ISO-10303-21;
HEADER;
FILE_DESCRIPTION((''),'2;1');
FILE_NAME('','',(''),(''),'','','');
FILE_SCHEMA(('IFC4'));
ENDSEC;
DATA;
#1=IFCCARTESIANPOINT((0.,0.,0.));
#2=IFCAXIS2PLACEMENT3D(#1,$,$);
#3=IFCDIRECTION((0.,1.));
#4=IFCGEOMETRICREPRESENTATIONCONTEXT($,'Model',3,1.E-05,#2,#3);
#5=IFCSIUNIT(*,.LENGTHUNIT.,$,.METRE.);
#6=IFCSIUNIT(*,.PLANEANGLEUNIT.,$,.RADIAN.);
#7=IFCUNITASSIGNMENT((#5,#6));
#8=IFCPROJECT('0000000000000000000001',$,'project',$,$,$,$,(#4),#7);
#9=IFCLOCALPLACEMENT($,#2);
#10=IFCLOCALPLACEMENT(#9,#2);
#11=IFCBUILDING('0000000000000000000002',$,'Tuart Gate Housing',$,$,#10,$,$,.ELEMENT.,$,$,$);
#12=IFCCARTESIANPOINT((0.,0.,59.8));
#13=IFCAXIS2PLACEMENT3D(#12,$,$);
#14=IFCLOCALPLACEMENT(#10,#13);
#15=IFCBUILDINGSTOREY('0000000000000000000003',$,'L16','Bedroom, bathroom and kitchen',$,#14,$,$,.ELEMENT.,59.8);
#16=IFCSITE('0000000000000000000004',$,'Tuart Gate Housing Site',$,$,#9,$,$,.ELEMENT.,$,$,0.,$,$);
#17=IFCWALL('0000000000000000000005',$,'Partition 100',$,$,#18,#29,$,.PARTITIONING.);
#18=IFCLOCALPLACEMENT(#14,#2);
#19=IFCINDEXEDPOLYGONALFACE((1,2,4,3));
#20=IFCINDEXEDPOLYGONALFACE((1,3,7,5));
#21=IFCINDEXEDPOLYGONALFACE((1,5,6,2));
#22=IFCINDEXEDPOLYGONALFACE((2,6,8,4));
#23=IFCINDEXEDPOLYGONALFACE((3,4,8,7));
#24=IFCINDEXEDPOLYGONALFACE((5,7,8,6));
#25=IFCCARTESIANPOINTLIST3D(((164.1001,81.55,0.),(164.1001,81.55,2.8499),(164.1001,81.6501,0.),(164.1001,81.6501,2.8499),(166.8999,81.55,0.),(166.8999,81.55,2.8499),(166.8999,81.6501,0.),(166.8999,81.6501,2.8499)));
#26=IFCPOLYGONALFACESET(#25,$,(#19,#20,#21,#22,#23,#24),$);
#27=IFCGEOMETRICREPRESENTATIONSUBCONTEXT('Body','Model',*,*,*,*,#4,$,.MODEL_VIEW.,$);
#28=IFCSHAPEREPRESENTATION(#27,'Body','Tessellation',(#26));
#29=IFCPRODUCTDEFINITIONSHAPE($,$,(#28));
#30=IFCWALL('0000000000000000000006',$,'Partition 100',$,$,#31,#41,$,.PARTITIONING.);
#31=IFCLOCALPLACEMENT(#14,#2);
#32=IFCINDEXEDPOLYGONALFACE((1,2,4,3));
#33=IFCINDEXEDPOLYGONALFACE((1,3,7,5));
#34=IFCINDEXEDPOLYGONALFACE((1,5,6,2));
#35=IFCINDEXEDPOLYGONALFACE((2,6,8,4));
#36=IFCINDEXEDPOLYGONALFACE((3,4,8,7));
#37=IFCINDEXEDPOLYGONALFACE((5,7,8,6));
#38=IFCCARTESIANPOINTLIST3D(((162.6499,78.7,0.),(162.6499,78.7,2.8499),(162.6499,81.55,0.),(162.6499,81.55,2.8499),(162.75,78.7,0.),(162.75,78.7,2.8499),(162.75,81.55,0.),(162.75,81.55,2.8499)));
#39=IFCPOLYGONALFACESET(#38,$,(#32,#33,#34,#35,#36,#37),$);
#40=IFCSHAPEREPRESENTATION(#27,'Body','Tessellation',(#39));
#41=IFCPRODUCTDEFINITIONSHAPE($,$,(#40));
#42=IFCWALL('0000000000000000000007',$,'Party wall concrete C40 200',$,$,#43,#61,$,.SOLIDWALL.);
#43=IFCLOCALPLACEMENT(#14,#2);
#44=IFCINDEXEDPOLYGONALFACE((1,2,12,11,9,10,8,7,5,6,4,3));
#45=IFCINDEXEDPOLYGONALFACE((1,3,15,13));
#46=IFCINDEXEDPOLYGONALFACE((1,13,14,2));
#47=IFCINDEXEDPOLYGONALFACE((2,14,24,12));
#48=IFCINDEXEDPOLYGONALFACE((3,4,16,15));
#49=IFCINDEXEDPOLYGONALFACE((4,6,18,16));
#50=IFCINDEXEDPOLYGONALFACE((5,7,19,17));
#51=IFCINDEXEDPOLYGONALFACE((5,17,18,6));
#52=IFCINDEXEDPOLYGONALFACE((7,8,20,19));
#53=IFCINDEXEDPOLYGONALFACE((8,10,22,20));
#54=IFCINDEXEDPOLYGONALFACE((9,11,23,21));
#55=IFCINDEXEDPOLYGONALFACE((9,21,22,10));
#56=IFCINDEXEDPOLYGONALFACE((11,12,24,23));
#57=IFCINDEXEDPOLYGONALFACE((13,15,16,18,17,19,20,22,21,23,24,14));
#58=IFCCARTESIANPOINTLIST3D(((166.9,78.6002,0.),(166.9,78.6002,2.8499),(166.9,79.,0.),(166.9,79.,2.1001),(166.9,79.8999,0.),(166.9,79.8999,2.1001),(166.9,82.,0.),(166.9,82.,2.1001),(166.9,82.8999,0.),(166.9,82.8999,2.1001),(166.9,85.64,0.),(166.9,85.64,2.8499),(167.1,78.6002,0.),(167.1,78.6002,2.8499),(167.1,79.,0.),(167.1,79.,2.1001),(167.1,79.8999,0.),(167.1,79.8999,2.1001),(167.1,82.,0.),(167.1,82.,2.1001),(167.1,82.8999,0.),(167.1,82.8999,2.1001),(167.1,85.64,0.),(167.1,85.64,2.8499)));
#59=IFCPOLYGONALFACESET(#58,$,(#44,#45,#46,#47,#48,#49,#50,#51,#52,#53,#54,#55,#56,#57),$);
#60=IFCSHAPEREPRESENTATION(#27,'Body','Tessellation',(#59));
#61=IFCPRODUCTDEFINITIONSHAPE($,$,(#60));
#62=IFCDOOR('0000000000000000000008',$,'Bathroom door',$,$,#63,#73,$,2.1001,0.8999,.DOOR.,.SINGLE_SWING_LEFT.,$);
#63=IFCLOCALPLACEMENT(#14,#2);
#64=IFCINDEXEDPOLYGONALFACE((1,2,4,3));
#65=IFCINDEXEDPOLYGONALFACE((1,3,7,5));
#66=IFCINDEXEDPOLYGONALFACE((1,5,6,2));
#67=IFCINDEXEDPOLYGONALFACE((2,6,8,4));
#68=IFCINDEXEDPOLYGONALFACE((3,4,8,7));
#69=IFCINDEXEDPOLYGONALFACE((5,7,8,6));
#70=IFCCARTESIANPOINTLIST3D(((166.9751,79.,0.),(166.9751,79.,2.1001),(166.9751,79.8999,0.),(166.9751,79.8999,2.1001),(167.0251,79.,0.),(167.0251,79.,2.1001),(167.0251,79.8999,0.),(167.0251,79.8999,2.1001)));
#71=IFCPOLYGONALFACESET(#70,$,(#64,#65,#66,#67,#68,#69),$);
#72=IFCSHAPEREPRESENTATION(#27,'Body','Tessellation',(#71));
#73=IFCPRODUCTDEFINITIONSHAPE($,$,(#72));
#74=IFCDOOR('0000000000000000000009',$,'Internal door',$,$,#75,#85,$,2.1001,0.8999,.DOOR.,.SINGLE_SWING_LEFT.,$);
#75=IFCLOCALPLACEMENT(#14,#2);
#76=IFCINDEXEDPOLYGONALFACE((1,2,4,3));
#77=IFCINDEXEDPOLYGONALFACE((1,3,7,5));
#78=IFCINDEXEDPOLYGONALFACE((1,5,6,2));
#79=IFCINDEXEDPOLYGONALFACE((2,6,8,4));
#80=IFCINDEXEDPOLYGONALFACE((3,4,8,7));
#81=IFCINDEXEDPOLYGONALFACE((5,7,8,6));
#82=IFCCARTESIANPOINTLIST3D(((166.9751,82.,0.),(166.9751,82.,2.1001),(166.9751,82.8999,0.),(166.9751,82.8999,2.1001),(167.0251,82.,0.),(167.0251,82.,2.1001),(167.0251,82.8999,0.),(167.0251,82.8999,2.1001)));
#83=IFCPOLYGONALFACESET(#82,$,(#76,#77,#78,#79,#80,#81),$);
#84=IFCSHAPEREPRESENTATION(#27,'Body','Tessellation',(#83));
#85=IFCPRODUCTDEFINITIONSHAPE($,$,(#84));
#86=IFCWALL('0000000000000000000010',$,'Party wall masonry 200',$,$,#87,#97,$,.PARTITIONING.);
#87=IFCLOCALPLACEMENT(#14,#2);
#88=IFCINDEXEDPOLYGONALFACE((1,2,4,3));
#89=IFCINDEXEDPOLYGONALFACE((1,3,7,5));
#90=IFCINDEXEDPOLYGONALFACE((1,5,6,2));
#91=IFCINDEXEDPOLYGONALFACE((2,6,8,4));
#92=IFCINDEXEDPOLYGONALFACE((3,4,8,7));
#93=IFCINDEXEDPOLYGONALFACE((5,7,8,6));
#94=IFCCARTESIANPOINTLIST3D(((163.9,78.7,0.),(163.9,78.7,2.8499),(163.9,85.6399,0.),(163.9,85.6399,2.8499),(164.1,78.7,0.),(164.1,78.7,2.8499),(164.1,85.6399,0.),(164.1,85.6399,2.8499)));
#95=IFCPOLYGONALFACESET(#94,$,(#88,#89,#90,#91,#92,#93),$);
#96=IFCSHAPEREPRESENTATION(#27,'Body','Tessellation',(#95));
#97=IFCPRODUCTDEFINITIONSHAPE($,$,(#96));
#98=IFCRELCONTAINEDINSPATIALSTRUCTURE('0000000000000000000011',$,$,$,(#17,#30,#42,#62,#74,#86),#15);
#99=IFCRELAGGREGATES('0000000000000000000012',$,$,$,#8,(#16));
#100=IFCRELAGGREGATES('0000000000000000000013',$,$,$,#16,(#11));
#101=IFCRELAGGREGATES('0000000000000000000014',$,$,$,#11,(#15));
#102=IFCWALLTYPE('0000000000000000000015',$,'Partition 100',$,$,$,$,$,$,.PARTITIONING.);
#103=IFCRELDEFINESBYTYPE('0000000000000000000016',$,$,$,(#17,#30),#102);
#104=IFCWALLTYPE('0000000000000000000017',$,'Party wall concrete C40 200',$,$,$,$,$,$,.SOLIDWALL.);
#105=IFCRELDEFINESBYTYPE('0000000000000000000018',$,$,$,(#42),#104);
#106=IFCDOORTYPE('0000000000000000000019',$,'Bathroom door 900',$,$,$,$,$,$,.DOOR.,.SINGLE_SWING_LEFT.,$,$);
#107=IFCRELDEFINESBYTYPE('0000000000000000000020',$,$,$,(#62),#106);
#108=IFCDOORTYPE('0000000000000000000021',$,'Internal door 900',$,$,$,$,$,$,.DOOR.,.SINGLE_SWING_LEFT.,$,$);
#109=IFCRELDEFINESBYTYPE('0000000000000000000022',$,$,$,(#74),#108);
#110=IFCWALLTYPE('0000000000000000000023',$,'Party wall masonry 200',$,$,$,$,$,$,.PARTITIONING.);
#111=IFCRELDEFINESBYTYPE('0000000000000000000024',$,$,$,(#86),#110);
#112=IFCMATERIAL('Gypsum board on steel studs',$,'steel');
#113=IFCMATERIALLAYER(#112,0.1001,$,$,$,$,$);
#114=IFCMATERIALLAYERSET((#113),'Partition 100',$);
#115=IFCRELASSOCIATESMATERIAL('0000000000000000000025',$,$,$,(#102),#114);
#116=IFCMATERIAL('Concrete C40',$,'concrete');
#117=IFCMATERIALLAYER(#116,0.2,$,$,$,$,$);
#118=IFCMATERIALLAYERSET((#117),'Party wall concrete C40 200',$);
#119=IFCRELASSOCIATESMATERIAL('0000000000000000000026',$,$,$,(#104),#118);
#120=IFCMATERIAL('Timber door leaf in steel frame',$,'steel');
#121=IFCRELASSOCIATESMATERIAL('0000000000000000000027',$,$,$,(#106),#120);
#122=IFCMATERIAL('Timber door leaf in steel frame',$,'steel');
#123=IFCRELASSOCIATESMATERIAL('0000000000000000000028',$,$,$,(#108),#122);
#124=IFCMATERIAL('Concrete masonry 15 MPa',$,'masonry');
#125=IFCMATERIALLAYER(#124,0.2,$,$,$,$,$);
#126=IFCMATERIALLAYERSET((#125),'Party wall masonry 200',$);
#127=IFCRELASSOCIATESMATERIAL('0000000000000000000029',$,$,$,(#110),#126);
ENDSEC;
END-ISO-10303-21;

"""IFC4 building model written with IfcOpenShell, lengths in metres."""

from ifc_helpers import new_model, si_unit, direction, frame, frame_2d, origin, place, context, subcontext, project, spatial, rectangle, extrude, material, layer, layer_set, type_object, element, fill, save


model = new_model("IFC4")

# Units and contexts
model_context = context("Model", 3, precision=1e-05, world=origin(), true_north=direction((0.0, 1.0)))
body_context = subcontext(model_context, "Body", "Model", "MODEL_VIEW")
ifc_project = project(units=[si_unit("LENGTHUNIT", "METRE"), si_unit("PLANEANGLEUNIT", "RADIAN")], contexts=[model_context])

# Site, building, storey
site_placement = place(None, origin())
site = spatial("IfcSite", under=ifc_project, at=site_placement, Name="Tuart Gate Housing Site", CompositionType="ELEMENT", RefElevation=0.0)
building_placement = place(site_placement, origin())
building = spatial("IfcBuilding", under=site, at=building_placement, Name="Tuart Gate Housing", CompositionType="ELEMENT")
storey_placement = place(building_placement, frame((0.0, 0.0, 59.8)))
storey = spatial("IfcBuildingStorey", under=building, at=storey_placement, Name="L16", Description="Bedroom, bathroom and kitchen", CompositionType="ELEMENT", Elevation=59.8)

# Walls
ifc_material_1 = material(Name="Gypsum board on steel studs", Category="steel")
ifc_layer_1 = layer(ifc_material_1, 0.1001)
ifc_layer_set_1 = layer_set([ifc_layer_1], Name="Partition 100")
wall_type_1 = type_object("IfcWallType", Name="Partition 100", PredefinedType="PARTITIONING", material=ifc_layer_set_1)
wall_1_placement = place(storey_placement, frame((164.1001, 81.6001, 0.0), z_axis=(0.0, 0.0, 1.0), x_axis=(1.0, 0.0, 0.0)))
element("IfcWall", 1, at=wall_1_placement, inside=storey, type_object=wall_type_1, Name="Partition 100", PredefinedType="PARTITIONING", context=body_context, shape_type="SweptSolid", body=[
    extrude(rectangle(XDim=2.7998, YDim=0.1001, at=frame_2d((1.3999, 0.0))), origin(), (0.0, 0.0, 1.0), 2.8499),
])
wall_2_placement = place(storey_placement, frame((162.7, 78.7, 0.0), z_axis=(0.0, 0.0, 1.0), x_axis=(0.0, 1.0, 0.0)))
element("IfcWall", 2, at=wall_2_placement, inside=storey, type_object=wall_type_1, Name="Partition 100", PredefinedType="PARTITIONING", context=body_context, shape_type="SweptSolid", body=[
    extrude(rectangle(XDim=2.8501, YDim=0.1001, at=frame_2d((1.425, 0.0))), origin(), (0.0, 0.0, 1.0), 2.8499),
])

# Wall, openings, doors
ifc_material_2 = material(Name="Concrete C40", Category="concrete")
ifc_layer_2 = layer(ifc_material_2, 0.2)
ifc_layer_set_2 = layer_set([ifc_layer_2], Name="Party wall concrete C40 200")
wall_type_2 = type_object("IfcWallType", Name="Party wall concrete C40 200", PredefinedType="SOLIDWALL", material=ifc_layer_set_2)
wall_3_placement = place(storey_placement, frame((167.0, 78.6001, 0.0), z_axis=(0.0, 0.0, 1.0), x_axis=(0.0, 1.0, 0.0)))
wall_3 = element("IfcWall", 3, at=wall_3_placement, inside=storey, type_object=wall_type_2, Name="Party wall concrete C40 200", PredefinedType="SOLIDWALL", context=body_context, shape_type="SweptSolid", body=[
    extrude(rectangle(XDim=7.0398, YDim=0.2, at=frame_2d((3.52, 0.0))), origin(), (0.0, 0.0, 1.0), 2.8499),
])
opening_1_placement = place(wall_3_placement, frame((3.3999, 0.0, 0.0)))
opening_1 = element("IfcOpeningElement", 4, at=opening_1_placement, cuts=wall_3, PredefinedType="OPENING", context=body_context, shape_type="SweptSolid", body=[
    extrude(rectangle(XDim=0.8999, YDim=2.1001, at=frame_2d((0.45, 1.05))), frame((0.0, 0.1099, 0.0), z_axis=(0.0, -1.0, 0.0), x_axis=(1.0, 0.0, 0.0)), (0.0, 0.0, 1.0), 0.22),
])
opening_2_placement = place(wall_3_placement, frame((0.3999, 0.0, 0.0)))
opening_2 = element("IfcOpeningElement", 5, at=opening_2_placement, cuts=wall_3, PredefinedType="OPENING", context=body_context, shape_type="SweptSolid", body=[
    extrude(rectangle(XDim=0.8999, YDim=2.1001, at=frame_2d((0.45, 1.05))), frame((0.0, 0.1099, 0.0), z_axis=(0.0, -1.0, 0.0), x_axis=(1.0, 0.0, 0.0)), (0.0, 0.0, 1.0), 0.22),
])
ifc_material_3 = material(Name="Timber door leaf in steel frame", Category="steel")
door_type_1 = type_object("IfcDoorType", Name="Bathroom door 900", OperationType="SINGLE_SWING_LEFT", PredefinedType="DOOR", material=ifc_material_3)
door_1_placement = place(opening_2_placement, origin())
door_1 = element("IfcDoor", 6, at=door_1_placement, inside=storey, type_object=door_type_1, Name="Bathroom door", OperationType="SINGLE_SWING_LEFT", OverallHeight=2.1001, OverallWidth=0.8999, PredefinedType="DOOR", context=body_context, shape_type="SweptSolid", body=[
    extrude(rectangle(XDim=0.8999, YDim=2.1001, at=frame_2d((0.45, 1.05))), frame((0.0, 0.0249, 0.0), z_axis=(0.0, -1.0, 0.0), x_axis=(1.0, 0.0, 0.0)), (0.0, 0.0, 1.0), 0.05),
])
fill(opening_2, door_1)
ifc_material_4 = material(Name="Timber door leaf in steel frame", Category="steel")
door_type_2 = type_object("IfcDoorType", Name="Internal door 900", OperationType="SINGLE_SWING_LEFT", PredefinedType="DOOR", material=ifc_material_4)
door_2_placement = place(opening_1_placement, origin())
door_2 = element("IfcDoor", 7, at=door_2_placement, inside=storey, type_object=door_type_2, Name="Internal door", OperationType="SINGLE_SWING_LEFT", OverallHeight=2.1001, OverallWidth=0.8999, PredefinedType="DOOR", context=body_context, shape_type="SweptSolid", body=[
    extrude(rectangle(XDim=0.8999, YDim=2.1001, at=frame_2d((0.45, 1.05))), frame((0.0, 0.0249, 0.0), z_axis=(0.0, -1.0, 0.0), x_axis=(1.0, 0.0, 0.0)), (0.0, 0.0, 1.0), 0.05),
])
fill(opening_1, door_2)

# Wall
ifc_material_5 = material(Name="Concrete masonry 15 MPa", Category="masonry")
ifc_layer_3 = layer(ifc_material_5, 0.2)
ifc_layer_set_3 = layer_set([ifc_layer_3], Name="Party wall masonry 200")
wall_type_3 = type_object("IfcWallType", Name="Party wall masonry 200", PredefinedType="PARTITIONING", material=ifc_layer_set_3)
wall_4_placement = place(storey_placement, frame((164.0, 78.7, 0.0), z_axis=(0.0, 0.0, 1.0), x_axis=(0.0, 1.0, 0.0)))
element("IfcWall", 8, at=wall_4_placement, inside=storey, type_object=wall_type_3, Name="Party wall masonry 200", PredefinedType="PARTITIONING", context=body_context, shape_type="SweptSolid", body=[
    extrude(rectangle(XDim=6.9399, YDim=0.2, at=frame_2d((3.47, 0.0))), origin(), (0.0, 0.0, 1.0), 2.8499),
])

save(model, "model.ifc")
